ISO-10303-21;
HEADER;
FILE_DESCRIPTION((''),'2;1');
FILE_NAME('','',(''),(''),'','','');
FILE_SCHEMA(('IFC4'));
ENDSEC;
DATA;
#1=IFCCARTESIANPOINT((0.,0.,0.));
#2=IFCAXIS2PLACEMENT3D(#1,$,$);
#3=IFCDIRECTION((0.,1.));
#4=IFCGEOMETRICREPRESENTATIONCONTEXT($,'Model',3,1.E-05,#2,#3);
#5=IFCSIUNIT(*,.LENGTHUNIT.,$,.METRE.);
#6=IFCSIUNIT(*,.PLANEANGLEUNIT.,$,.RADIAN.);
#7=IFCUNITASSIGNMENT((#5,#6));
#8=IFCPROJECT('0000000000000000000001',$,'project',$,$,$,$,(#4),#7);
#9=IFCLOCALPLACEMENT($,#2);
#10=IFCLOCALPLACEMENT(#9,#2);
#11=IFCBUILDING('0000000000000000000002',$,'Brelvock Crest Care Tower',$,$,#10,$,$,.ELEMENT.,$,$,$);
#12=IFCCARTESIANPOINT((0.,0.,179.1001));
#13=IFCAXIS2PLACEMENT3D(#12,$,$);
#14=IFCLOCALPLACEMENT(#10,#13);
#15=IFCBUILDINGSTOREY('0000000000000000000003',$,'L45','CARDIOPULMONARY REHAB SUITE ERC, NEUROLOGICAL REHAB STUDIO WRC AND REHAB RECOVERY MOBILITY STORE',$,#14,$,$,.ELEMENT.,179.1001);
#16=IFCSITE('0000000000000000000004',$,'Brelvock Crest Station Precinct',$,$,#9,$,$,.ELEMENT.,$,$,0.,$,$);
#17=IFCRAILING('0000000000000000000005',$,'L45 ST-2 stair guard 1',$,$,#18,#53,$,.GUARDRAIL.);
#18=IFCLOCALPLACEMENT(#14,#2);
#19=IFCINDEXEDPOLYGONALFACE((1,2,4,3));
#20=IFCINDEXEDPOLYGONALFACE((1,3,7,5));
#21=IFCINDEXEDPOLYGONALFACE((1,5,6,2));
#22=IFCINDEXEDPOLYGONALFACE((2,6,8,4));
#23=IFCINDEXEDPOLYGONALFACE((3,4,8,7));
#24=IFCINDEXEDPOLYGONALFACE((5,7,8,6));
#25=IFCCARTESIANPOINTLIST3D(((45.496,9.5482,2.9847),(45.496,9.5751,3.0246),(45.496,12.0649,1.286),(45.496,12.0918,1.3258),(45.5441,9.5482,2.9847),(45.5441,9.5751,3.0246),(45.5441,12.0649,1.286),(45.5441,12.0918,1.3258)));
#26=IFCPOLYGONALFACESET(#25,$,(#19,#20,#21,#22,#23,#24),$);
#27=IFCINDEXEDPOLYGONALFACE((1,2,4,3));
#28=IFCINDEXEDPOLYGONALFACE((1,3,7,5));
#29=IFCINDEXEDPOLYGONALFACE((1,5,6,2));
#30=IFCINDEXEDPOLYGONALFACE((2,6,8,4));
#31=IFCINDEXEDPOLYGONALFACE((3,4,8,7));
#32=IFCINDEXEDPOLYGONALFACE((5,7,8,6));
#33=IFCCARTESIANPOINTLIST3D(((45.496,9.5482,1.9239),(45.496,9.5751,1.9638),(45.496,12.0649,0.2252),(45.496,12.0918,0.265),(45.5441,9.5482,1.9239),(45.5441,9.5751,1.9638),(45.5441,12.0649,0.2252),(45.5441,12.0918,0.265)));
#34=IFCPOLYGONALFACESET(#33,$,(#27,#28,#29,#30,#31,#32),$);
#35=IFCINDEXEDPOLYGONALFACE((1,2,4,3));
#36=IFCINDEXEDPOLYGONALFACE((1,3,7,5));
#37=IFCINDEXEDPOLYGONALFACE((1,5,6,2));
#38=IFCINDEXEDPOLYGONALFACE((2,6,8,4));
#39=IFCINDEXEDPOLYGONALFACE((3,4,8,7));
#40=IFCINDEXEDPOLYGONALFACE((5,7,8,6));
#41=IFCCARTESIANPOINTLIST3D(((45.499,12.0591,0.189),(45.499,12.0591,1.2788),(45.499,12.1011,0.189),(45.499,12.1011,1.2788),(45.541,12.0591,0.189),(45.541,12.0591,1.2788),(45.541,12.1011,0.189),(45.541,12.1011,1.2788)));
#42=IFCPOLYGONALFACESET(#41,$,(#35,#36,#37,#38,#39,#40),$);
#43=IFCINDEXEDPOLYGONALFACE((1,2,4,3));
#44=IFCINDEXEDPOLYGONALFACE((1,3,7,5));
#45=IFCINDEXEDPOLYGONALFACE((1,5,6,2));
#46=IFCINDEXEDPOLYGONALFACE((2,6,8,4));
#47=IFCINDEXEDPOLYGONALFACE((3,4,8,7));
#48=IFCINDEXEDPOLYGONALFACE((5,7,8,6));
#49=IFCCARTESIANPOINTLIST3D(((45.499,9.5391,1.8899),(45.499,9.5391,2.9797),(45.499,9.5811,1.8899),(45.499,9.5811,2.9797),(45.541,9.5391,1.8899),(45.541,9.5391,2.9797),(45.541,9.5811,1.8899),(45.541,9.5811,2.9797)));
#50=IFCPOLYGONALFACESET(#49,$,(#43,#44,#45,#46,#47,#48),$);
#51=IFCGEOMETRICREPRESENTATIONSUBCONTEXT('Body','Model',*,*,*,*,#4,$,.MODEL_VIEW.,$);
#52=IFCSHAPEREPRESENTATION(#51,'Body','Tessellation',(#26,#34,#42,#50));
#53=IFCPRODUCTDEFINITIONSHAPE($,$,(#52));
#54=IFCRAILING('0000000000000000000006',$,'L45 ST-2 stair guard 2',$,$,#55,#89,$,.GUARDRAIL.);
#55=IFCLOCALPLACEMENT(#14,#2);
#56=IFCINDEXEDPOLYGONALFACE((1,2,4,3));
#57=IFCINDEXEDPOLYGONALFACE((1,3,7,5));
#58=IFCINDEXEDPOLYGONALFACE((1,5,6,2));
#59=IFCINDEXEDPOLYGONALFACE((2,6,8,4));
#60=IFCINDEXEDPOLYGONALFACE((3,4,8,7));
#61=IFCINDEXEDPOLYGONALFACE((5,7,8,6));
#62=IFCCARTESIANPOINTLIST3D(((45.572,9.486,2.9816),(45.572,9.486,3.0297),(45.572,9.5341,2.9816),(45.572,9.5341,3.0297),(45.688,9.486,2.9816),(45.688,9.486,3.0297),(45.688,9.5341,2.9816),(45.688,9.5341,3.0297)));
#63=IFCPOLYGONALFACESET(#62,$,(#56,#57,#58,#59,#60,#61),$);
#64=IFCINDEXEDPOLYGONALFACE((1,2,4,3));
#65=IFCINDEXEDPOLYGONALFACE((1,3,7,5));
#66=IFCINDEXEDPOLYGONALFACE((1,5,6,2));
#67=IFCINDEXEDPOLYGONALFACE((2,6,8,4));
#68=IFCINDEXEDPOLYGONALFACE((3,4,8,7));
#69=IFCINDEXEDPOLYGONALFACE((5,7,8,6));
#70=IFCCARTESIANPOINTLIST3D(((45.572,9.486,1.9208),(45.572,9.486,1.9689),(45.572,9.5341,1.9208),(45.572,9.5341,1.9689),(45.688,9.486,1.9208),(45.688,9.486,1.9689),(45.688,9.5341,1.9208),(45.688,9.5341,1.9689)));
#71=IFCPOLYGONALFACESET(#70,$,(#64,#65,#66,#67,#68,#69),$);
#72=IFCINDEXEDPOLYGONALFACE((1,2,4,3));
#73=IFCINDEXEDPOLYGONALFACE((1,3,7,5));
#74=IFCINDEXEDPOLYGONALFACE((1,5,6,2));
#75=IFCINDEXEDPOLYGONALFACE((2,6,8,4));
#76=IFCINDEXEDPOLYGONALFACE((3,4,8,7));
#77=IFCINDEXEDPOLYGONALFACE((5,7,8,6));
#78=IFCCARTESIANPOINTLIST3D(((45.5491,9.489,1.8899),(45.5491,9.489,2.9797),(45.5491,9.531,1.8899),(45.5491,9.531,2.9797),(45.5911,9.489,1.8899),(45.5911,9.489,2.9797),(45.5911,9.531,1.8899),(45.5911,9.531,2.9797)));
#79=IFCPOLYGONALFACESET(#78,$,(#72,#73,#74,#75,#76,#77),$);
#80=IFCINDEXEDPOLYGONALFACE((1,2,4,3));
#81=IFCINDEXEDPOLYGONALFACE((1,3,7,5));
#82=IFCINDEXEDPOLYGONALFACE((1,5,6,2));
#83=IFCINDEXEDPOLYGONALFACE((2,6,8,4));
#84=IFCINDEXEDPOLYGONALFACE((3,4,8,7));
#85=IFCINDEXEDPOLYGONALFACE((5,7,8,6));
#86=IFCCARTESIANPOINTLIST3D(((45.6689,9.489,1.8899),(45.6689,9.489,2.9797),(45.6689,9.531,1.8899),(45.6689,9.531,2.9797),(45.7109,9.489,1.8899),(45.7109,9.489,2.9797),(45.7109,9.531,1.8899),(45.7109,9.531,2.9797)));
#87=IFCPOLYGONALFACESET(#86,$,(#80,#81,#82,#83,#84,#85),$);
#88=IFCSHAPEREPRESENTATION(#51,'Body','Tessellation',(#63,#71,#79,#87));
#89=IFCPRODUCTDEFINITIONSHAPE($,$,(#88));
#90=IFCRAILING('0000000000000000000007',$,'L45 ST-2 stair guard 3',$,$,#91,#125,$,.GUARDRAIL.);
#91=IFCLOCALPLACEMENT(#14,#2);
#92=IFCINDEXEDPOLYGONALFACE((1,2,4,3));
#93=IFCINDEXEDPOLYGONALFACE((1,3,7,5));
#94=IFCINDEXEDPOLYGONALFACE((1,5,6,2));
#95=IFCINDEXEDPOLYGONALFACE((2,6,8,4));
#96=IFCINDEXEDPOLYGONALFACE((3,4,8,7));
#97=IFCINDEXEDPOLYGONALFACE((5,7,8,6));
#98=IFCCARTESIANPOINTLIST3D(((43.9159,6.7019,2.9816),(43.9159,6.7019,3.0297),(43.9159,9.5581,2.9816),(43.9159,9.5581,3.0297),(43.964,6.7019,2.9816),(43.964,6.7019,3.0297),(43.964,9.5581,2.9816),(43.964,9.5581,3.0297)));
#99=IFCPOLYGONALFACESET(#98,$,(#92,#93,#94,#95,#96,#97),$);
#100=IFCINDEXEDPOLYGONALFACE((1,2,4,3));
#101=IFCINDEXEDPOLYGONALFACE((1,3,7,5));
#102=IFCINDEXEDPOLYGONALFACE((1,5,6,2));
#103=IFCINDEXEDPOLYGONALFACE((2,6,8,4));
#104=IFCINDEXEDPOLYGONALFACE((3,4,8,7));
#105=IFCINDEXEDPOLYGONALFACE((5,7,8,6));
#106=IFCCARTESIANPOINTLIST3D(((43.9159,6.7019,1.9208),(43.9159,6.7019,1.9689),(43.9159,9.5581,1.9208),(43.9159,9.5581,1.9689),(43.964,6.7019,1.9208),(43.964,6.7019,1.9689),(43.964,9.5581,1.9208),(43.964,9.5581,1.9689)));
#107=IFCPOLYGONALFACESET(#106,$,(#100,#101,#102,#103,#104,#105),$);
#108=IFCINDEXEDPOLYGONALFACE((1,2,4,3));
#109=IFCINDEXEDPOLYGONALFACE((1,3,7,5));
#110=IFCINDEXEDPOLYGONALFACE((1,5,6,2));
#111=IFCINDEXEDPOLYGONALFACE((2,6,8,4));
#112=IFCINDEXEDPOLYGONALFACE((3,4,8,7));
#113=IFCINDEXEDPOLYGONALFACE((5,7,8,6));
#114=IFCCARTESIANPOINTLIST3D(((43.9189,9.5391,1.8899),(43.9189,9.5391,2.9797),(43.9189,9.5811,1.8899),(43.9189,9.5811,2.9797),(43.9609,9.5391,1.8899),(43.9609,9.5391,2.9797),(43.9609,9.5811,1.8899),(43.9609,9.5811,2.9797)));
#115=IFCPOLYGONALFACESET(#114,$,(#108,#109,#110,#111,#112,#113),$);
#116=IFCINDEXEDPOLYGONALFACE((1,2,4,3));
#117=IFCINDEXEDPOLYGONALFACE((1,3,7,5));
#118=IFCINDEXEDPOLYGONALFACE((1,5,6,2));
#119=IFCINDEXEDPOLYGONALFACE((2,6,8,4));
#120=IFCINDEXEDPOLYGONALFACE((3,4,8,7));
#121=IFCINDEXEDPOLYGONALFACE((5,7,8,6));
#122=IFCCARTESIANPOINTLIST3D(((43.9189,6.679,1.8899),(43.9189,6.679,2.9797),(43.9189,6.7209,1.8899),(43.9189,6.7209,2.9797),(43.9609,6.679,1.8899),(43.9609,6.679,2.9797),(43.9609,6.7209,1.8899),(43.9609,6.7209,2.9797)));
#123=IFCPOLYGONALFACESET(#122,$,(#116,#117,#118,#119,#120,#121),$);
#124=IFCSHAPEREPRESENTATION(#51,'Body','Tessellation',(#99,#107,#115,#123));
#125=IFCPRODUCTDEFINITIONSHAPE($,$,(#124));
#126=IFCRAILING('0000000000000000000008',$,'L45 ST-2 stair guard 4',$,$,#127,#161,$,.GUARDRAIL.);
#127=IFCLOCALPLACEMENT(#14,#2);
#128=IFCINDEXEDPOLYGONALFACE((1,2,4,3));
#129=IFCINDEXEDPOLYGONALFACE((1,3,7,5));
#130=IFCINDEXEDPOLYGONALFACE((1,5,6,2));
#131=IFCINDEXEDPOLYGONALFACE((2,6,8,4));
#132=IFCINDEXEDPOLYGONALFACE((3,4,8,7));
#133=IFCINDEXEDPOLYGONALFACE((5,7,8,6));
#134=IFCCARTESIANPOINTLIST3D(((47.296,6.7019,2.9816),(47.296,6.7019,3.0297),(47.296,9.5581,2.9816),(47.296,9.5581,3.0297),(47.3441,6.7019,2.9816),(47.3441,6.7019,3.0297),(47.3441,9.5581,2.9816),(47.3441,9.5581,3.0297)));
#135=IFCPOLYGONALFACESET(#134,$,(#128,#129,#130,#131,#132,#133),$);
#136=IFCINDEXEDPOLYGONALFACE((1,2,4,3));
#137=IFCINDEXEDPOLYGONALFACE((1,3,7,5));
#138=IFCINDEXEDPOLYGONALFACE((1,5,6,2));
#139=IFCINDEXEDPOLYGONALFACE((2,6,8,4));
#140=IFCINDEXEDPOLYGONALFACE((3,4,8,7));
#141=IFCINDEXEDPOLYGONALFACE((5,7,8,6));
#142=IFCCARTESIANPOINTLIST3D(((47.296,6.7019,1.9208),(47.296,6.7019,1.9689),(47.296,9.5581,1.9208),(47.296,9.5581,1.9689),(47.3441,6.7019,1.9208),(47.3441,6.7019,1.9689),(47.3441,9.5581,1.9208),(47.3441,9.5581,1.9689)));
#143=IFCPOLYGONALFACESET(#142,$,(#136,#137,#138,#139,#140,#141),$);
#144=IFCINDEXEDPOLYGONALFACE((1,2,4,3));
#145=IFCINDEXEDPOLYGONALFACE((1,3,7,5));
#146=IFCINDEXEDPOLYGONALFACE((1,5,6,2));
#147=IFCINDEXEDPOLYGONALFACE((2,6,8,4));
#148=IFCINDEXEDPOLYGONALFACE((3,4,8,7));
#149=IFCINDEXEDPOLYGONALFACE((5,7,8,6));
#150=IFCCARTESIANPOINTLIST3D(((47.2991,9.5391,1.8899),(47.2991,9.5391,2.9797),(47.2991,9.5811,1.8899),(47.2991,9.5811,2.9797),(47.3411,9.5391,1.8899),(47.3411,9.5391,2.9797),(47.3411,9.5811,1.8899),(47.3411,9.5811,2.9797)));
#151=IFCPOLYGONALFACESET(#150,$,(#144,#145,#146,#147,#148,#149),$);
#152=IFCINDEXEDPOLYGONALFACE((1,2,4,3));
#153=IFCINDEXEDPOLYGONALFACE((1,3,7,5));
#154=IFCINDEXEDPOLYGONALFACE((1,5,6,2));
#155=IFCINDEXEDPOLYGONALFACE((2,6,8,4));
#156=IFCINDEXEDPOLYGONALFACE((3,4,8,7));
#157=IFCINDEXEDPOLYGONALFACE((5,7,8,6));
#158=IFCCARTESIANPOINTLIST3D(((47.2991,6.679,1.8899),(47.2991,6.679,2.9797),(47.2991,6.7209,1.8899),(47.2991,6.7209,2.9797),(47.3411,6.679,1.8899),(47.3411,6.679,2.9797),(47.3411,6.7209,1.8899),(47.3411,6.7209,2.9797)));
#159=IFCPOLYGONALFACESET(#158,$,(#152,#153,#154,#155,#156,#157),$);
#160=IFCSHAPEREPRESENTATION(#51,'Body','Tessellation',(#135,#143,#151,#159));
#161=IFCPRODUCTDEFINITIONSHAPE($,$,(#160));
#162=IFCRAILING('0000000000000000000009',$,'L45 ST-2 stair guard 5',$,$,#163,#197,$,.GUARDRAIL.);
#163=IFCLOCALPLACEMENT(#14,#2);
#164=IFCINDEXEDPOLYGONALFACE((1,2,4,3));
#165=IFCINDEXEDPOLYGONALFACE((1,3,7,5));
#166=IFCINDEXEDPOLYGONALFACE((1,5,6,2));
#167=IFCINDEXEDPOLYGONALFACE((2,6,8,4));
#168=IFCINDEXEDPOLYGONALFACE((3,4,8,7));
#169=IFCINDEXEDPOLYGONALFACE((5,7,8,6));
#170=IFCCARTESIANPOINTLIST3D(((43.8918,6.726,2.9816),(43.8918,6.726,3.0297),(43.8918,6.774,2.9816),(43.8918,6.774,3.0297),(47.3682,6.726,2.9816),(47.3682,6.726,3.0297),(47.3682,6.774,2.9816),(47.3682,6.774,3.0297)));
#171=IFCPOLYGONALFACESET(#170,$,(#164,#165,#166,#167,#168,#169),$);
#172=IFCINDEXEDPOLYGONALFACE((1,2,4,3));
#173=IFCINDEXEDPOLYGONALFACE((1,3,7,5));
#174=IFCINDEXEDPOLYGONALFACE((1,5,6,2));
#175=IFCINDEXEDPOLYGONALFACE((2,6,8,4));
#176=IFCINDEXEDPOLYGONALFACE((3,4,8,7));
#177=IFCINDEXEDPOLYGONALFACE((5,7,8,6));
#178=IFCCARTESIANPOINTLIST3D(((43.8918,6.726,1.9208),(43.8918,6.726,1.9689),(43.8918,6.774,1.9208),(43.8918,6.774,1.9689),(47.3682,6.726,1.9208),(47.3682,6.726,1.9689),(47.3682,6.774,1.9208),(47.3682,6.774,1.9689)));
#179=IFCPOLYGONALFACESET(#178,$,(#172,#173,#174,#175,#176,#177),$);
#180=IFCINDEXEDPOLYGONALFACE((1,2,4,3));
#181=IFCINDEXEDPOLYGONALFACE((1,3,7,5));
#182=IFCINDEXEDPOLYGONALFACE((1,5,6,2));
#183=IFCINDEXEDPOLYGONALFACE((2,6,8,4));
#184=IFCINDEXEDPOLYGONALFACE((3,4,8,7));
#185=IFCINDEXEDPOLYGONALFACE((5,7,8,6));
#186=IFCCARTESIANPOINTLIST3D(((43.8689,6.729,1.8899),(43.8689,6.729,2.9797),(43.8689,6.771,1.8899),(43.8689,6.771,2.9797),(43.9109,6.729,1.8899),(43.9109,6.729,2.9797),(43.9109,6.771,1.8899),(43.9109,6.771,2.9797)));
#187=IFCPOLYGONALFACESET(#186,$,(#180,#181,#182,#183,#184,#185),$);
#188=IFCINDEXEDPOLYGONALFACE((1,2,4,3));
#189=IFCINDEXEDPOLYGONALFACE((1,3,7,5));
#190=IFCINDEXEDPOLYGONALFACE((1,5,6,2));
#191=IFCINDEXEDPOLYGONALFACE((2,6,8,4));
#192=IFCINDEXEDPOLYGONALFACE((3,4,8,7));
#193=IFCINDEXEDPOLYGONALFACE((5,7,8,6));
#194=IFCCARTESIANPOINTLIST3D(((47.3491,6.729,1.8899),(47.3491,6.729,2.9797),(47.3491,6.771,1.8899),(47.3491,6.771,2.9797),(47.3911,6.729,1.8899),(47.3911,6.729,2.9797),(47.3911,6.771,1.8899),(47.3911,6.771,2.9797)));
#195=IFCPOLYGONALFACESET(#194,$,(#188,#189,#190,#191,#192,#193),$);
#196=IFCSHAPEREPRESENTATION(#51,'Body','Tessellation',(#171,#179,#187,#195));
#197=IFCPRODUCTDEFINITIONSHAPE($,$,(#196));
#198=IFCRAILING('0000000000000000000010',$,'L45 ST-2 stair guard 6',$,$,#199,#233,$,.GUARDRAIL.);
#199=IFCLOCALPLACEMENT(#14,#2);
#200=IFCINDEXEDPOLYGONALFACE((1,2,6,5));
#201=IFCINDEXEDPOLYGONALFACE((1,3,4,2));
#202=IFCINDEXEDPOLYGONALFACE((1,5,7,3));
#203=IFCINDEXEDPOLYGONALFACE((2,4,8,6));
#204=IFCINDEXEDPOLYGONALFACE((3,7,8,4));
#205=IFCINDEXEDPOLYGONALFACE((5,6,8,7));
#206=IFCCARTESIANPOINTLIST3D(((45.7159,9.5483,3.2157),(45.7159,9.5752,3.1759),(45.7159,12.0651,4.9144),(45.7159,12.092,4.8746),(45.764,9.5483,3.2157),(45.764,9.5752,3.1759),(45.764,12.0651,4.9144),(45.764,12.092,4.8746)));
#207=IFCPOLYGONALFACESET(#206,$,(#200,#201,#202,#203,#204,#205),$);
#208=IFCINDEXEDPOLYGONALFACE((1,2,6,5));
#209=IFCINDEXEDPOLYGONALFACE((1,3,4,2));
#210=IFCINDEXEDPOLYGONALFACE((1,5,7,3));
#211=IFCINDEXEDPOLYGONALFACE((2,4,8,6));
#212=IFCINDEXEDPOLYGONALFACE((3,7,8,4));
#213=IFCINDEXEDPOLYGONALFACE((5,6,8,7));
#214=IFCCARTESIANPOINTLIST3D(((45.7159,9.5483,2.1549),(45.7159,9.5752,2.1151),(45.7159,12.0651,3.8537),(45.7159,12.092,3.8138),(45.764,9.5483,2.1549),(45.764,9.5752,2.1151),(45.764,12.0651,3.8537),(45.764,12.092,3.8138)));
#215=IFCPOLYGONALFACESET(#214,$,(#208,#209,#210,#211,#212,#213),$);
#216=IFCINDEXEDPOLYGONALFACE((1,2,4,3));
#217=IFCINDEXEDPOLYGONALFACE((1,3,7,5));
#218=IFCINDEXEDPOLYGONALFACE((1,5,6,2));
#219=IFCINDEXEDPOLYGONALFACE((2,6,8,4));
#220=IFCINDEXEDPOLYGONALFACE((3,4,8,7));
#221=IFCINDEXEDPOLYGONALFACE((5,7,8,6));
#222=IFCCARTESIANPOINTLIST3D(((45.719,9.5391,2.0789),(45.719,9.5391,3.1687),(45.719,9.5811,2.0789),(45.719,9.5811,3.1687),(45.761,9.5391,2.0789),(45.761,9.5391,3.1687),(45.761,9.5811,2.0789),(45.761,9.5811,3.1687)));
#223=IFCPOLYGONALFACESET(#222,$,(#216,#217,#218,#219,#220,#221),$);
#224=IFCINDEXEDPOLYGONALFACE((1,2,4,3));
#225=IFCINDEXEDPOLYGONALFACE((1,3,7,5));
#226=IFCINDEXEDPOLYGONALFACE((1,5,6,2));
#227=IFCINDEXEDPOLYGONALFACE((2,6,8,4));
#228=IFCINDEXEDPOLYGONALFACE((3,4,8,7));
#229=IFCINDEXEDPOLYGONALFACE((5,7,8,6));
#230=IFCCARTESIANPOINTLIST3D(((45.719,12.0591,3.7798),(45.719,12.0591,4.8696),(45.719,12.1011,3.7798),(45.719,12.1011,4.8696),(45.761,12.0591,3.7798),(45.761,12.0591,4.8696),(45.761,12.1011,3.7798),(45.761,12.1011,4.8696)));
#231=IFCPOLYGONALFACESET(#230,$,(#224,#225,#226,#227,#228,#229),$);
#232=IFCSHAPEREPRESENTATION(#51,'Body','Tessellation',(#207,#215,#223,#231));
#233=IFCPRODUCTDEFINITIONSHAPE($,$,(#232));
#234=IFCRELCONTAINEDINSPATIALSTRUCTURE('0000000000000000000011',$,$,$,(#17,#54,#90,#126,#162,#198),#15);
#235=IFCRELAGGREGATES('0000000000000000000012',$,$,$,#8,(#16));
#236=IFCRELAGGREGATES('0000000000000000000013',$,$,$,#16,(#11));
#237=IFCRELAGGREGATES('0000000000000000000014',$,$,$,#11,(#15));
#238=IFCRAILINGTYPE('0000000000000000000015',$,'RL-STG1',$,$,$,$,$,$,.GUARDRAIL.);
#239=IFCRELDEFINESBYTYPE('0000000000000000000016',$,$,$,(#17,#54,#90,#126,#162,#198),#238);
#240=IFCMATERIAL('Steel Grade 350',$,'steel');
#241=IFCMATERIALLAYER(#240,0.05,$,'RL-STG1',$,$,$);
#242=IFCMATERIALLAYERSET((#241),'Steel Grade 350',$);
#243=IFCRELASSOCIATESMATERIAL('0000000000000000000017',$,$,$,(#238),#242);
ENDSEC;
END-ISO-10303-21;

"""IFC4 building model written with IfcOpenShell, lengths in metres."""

from ifc_helpers import new_model, si_unit, direction, frame, origin, origin_2d, place, context, subcontext, project, spatial, rectangle, extrude, material, layer, layer_set, type_object, element, save


model = new_model("IFC4")

# Units and contexts
model_context = context("Model", 3, precision=1e-05, world=origin(), true_north=direction((0.0, 1.0)))
body_context = subcontext(model_context, "Body", "Model", "MODEL_VIEW")
ifc_project = project(units=[si_unit("LENGTHUNIT", "METRE"), si_unit("PLANEANGLEUNIT", "RADIAN")], contexts=[model_context])

# Site, building, storey
site_placement = place(None, origin())
site = spatial("IfcSite", under=ifc_project, at=site_placement, Name="Brelvock Crest Station Precinct", CompositionType="ELEMENT", RefElevation=0.0)
building_placement = place(site_placement, origin())
building = spatial("IfcBuilding", under=site, at=building_placement, Name="Brelvock Crest Care Tower", CompositionType="ELEMENT")
storey_placement = place(building_placement, frame((0.0, 0.0, 179.1001)))
storey = spatial("IfcBuildingStorey", under=building, at=storey_placement, Name="L45", Description="CARDIOPULMONARY REHAB SUITE ERC, NEUROLOGICAL REHAB STUDIO WRC AND REHAB RECOVERY MOBILITY STORE", CompositionType="ELEMENT", Elevation=179.1001)

# Shared definitions
ifc_material_1 = material(Name="Steel Grade 350", Category="steel")

# Railings
ifc_layer_1 = layer(ifc_material_1, 0.05, Name="RL-STG1")
ifc_layer_set_1 = layer_set([ifc_layer_1], Name="Steel Grade 350")
railing_type_1 = type_object("IfcRailingType", Name="RL-STG1", PredefinedType="GUARDRAIL", material=ifc_layer_set_1)
railing_1_placement = place(storey_placement, frame((45.52, 12.0801, 0.189)))
element("IfcRailing", 1, at=railing_1_placement, inside=storey, type_object=railing_type_1, Name="L45 ST-2 stair guard 1", PredefinedType="GUARDRAIL", context=body_context, shape_type="SweptSolid", body=[
    extrude(rectangle(XDim=0.0481, YDim=0.0481, at=origin_2d()), frame((0.0, -0.0017, 1.1169), z_axis=(0.0, -0.828862, 0.559454), x_axis=(1.0, 0.0, 0.0)), (0.0, 0.0, 1.0), 3.0364),
    extrude(rectangle(XDim=0.0481, YDim=0.0481, at=origin_2d()), frame((0.0, -0.0017, 0.0562), z_axis=(0.0, -0.828862, 0.559454), x_axis=(1.0, 0.0, 0.0)), (0.0, 0.0, 1.0), 3.0364),
    extrude(rectangle(XDim=0.042, YDim=0.042, at=origin_2d()), origin(), (0.0, 0.0, 1.0), 1.0898),
    extrude(rectangle(XDim=0.042, YDim=0.042, at=origin_2d()), frame((0.0, -2.52, 1.7009)), (0.0, 0.0, 1.0), 1.0898),
])
railing_2_placement = place(storey_placement, frame((45.5701, 9.51, 1.8899)))
element("IfcRailing", 2, at=railing_2_placement, inside=storey, type_object=railing_type_1, Name="L45 ST-2 stair guard 2", PredefinedType="GUARDRAIL", context=body_context, shape_type="SweptSolid", body=[
    extrude(rectangle(XDim=0.0481, YDim=0.0481, at=origin_2d()), frame((0.002, 0.0, 1.1157), z_axis=(1.0, 0.0, 0.0), x_axis=(0.0, 1.0, 0.0)), (0.0, 0.0, 1.0), 0.116),
    extrude(rectangle(XDim=0.0481, YDim=0.0481, at=origin_2d()), frame((0.002, 0.0, 0.0549), z_axis=(1.0, 0.0, 0.0), x_axis=(0.0, 1.0, 0.0)), (0.0, 0.0, 1.0), 0.116),
    extrude(rectangle(XDim=0.042, YDim=0.042, at=origin_2d()), origin(), (0.0, 0.0, 1.0), 1.0898),
    extrude(rectangle(XDim=0.042, YDim=0.042, at=origin_2d()), frame((0.1199, 0.0, 0.0)), (0.0, 0.0, 1.0), 1.0898),
])
for number, where, name in (
    (3, (43.9399, 9.5601, 1.8899), "L45 ST-2 stair guard 3"),
    (4, (47.3201, 9.5601, 1.8899), "L45 ST-2 stair guard 4"),
):
    element("IfcRailing", number, at=place(storey_placement, frame(where)), inside=storey, type_object=railing_type_1, Name=name, PredefinedType="GUARDRAIL", context=body_context, shape_type="SweptSolid", body=[
        extrude(rectangle(XDim=0.0481, YDim=0.0481, at=origin_2d()), frame((0.0, -0.002, 1.1157), z_axis=(0.0, -1.0, 0.0), x_axis=(1.0, 0.0, 0.0)), (0.0, 0.0, 1.0), 2.8562),
        extrude(rectangle(XDim=0.0481, YDim=0.0481, at=origin_2d()), frame((0.0, -0.002, 0.0549), z_axis=(0.0, -1.0, 0.0), x_axis=(1.0, 0.0, 0.0)), (0.0, 0.0, 1.0), 2.8562),
        extrude(rectangle(XDim=0.042, YDim=0.042, at=origin_2d()), origin(), (0.0, 0.0, 1.0), 1.0898),
        extrude(rectangle(XDim=0.042, YDim=0.042, at=origin_2d()), frame((0.0, -2.8601, 0.0)), (0.0, 0.0, 1.0), 1.0898),
    ])
railing_3_placement = place(storey_placement, frame((43.8899, 6.75, 1.8899)))
element("IfcRailing", 5, at=railing_3_placement, inside=storey, type_object=railing_type_1, Name="L45 ST-2 stair guard 5", PredefinedType="GUARDRAIL", context=body_context, shape_type="SweptSolid", body=[
    extrude(rectangle(XDim=0.0481, YDim=0.0481, at=origin_2d()), frame((0.002, 0.0, 1.1157), z_axis=(1.0, 0.0, 0.0), x_axis=(0.0, 1.0, 0.0)), (0.0, 0.0, 1.0), 3.4763),
    extrude(rectangle(XDim=0.0481, YDim=0.0481, at=origin_2d()), frame((0.002, 0.0, 0.0549), z_axis=(1.0, 0.0, 0.0), x_axis=(0.0, 1.0, 0.0)), (0.0, 0.0, 1.0), 3.4763),
    extrude(rectangle(XDim=0.042, YDim=0.042, at=origin_2d()), origin(), (0.0, 0.0, 1.0), 1.0898),
    extrude(rectangle(XDim=0.042, YDim=0.042, at=origin_2d()), frame((3.4802, 0.0, 0.0)), (0.0, 0.0, 1.0), 1.0898),
])
railing_4_placement = place(storey_placement, frame((45.74, 9.5601, 2.0789)))
element("IfcRailing", 6, at=railing_4_placement, inside=storey, type_object=railing_type_1, Name="L45 ST-2 stair guard 6", PredefinedType="GUARDRAIL", context=body_context, shape_type="SweptSolid", body=[
    extrude(rectangle(XDim=0.0481, YDim=0.0481, at=origin_2d()), frame((0.0, 0.0017, 1.1169), z_axis=(0.0, 0.828862, 0.559454), x_axis=(-1.0, 0.0, 0.0)), (0.0, 0.0, 1.0), 3.0364),
    extrude(rectangle(XDim=0.0481, YDim=0.0481, at=origin_2d()), frame((0.0, 0.0017, 0.0562), z_axis=(0.0, 0.828862, 0.559454), x_axis=(-1.0, 0.0, 0.0)), (0.0, 0.0, 1.0), 3.0364),
    extrude(rectangle(XDim=0.042, YDim=0.042, at=origin_2d()), origin(), (0.0, 0.0, 1.0), 1.0898),
    extrude(rectangle(XDim=0.042, YDim=0.042, at=origin_2d()), frame((0.0, 2.52, 1.7009)), (0.0, 0.0, 1.0), 1.0898),
])

save(model, "model.ifc")
